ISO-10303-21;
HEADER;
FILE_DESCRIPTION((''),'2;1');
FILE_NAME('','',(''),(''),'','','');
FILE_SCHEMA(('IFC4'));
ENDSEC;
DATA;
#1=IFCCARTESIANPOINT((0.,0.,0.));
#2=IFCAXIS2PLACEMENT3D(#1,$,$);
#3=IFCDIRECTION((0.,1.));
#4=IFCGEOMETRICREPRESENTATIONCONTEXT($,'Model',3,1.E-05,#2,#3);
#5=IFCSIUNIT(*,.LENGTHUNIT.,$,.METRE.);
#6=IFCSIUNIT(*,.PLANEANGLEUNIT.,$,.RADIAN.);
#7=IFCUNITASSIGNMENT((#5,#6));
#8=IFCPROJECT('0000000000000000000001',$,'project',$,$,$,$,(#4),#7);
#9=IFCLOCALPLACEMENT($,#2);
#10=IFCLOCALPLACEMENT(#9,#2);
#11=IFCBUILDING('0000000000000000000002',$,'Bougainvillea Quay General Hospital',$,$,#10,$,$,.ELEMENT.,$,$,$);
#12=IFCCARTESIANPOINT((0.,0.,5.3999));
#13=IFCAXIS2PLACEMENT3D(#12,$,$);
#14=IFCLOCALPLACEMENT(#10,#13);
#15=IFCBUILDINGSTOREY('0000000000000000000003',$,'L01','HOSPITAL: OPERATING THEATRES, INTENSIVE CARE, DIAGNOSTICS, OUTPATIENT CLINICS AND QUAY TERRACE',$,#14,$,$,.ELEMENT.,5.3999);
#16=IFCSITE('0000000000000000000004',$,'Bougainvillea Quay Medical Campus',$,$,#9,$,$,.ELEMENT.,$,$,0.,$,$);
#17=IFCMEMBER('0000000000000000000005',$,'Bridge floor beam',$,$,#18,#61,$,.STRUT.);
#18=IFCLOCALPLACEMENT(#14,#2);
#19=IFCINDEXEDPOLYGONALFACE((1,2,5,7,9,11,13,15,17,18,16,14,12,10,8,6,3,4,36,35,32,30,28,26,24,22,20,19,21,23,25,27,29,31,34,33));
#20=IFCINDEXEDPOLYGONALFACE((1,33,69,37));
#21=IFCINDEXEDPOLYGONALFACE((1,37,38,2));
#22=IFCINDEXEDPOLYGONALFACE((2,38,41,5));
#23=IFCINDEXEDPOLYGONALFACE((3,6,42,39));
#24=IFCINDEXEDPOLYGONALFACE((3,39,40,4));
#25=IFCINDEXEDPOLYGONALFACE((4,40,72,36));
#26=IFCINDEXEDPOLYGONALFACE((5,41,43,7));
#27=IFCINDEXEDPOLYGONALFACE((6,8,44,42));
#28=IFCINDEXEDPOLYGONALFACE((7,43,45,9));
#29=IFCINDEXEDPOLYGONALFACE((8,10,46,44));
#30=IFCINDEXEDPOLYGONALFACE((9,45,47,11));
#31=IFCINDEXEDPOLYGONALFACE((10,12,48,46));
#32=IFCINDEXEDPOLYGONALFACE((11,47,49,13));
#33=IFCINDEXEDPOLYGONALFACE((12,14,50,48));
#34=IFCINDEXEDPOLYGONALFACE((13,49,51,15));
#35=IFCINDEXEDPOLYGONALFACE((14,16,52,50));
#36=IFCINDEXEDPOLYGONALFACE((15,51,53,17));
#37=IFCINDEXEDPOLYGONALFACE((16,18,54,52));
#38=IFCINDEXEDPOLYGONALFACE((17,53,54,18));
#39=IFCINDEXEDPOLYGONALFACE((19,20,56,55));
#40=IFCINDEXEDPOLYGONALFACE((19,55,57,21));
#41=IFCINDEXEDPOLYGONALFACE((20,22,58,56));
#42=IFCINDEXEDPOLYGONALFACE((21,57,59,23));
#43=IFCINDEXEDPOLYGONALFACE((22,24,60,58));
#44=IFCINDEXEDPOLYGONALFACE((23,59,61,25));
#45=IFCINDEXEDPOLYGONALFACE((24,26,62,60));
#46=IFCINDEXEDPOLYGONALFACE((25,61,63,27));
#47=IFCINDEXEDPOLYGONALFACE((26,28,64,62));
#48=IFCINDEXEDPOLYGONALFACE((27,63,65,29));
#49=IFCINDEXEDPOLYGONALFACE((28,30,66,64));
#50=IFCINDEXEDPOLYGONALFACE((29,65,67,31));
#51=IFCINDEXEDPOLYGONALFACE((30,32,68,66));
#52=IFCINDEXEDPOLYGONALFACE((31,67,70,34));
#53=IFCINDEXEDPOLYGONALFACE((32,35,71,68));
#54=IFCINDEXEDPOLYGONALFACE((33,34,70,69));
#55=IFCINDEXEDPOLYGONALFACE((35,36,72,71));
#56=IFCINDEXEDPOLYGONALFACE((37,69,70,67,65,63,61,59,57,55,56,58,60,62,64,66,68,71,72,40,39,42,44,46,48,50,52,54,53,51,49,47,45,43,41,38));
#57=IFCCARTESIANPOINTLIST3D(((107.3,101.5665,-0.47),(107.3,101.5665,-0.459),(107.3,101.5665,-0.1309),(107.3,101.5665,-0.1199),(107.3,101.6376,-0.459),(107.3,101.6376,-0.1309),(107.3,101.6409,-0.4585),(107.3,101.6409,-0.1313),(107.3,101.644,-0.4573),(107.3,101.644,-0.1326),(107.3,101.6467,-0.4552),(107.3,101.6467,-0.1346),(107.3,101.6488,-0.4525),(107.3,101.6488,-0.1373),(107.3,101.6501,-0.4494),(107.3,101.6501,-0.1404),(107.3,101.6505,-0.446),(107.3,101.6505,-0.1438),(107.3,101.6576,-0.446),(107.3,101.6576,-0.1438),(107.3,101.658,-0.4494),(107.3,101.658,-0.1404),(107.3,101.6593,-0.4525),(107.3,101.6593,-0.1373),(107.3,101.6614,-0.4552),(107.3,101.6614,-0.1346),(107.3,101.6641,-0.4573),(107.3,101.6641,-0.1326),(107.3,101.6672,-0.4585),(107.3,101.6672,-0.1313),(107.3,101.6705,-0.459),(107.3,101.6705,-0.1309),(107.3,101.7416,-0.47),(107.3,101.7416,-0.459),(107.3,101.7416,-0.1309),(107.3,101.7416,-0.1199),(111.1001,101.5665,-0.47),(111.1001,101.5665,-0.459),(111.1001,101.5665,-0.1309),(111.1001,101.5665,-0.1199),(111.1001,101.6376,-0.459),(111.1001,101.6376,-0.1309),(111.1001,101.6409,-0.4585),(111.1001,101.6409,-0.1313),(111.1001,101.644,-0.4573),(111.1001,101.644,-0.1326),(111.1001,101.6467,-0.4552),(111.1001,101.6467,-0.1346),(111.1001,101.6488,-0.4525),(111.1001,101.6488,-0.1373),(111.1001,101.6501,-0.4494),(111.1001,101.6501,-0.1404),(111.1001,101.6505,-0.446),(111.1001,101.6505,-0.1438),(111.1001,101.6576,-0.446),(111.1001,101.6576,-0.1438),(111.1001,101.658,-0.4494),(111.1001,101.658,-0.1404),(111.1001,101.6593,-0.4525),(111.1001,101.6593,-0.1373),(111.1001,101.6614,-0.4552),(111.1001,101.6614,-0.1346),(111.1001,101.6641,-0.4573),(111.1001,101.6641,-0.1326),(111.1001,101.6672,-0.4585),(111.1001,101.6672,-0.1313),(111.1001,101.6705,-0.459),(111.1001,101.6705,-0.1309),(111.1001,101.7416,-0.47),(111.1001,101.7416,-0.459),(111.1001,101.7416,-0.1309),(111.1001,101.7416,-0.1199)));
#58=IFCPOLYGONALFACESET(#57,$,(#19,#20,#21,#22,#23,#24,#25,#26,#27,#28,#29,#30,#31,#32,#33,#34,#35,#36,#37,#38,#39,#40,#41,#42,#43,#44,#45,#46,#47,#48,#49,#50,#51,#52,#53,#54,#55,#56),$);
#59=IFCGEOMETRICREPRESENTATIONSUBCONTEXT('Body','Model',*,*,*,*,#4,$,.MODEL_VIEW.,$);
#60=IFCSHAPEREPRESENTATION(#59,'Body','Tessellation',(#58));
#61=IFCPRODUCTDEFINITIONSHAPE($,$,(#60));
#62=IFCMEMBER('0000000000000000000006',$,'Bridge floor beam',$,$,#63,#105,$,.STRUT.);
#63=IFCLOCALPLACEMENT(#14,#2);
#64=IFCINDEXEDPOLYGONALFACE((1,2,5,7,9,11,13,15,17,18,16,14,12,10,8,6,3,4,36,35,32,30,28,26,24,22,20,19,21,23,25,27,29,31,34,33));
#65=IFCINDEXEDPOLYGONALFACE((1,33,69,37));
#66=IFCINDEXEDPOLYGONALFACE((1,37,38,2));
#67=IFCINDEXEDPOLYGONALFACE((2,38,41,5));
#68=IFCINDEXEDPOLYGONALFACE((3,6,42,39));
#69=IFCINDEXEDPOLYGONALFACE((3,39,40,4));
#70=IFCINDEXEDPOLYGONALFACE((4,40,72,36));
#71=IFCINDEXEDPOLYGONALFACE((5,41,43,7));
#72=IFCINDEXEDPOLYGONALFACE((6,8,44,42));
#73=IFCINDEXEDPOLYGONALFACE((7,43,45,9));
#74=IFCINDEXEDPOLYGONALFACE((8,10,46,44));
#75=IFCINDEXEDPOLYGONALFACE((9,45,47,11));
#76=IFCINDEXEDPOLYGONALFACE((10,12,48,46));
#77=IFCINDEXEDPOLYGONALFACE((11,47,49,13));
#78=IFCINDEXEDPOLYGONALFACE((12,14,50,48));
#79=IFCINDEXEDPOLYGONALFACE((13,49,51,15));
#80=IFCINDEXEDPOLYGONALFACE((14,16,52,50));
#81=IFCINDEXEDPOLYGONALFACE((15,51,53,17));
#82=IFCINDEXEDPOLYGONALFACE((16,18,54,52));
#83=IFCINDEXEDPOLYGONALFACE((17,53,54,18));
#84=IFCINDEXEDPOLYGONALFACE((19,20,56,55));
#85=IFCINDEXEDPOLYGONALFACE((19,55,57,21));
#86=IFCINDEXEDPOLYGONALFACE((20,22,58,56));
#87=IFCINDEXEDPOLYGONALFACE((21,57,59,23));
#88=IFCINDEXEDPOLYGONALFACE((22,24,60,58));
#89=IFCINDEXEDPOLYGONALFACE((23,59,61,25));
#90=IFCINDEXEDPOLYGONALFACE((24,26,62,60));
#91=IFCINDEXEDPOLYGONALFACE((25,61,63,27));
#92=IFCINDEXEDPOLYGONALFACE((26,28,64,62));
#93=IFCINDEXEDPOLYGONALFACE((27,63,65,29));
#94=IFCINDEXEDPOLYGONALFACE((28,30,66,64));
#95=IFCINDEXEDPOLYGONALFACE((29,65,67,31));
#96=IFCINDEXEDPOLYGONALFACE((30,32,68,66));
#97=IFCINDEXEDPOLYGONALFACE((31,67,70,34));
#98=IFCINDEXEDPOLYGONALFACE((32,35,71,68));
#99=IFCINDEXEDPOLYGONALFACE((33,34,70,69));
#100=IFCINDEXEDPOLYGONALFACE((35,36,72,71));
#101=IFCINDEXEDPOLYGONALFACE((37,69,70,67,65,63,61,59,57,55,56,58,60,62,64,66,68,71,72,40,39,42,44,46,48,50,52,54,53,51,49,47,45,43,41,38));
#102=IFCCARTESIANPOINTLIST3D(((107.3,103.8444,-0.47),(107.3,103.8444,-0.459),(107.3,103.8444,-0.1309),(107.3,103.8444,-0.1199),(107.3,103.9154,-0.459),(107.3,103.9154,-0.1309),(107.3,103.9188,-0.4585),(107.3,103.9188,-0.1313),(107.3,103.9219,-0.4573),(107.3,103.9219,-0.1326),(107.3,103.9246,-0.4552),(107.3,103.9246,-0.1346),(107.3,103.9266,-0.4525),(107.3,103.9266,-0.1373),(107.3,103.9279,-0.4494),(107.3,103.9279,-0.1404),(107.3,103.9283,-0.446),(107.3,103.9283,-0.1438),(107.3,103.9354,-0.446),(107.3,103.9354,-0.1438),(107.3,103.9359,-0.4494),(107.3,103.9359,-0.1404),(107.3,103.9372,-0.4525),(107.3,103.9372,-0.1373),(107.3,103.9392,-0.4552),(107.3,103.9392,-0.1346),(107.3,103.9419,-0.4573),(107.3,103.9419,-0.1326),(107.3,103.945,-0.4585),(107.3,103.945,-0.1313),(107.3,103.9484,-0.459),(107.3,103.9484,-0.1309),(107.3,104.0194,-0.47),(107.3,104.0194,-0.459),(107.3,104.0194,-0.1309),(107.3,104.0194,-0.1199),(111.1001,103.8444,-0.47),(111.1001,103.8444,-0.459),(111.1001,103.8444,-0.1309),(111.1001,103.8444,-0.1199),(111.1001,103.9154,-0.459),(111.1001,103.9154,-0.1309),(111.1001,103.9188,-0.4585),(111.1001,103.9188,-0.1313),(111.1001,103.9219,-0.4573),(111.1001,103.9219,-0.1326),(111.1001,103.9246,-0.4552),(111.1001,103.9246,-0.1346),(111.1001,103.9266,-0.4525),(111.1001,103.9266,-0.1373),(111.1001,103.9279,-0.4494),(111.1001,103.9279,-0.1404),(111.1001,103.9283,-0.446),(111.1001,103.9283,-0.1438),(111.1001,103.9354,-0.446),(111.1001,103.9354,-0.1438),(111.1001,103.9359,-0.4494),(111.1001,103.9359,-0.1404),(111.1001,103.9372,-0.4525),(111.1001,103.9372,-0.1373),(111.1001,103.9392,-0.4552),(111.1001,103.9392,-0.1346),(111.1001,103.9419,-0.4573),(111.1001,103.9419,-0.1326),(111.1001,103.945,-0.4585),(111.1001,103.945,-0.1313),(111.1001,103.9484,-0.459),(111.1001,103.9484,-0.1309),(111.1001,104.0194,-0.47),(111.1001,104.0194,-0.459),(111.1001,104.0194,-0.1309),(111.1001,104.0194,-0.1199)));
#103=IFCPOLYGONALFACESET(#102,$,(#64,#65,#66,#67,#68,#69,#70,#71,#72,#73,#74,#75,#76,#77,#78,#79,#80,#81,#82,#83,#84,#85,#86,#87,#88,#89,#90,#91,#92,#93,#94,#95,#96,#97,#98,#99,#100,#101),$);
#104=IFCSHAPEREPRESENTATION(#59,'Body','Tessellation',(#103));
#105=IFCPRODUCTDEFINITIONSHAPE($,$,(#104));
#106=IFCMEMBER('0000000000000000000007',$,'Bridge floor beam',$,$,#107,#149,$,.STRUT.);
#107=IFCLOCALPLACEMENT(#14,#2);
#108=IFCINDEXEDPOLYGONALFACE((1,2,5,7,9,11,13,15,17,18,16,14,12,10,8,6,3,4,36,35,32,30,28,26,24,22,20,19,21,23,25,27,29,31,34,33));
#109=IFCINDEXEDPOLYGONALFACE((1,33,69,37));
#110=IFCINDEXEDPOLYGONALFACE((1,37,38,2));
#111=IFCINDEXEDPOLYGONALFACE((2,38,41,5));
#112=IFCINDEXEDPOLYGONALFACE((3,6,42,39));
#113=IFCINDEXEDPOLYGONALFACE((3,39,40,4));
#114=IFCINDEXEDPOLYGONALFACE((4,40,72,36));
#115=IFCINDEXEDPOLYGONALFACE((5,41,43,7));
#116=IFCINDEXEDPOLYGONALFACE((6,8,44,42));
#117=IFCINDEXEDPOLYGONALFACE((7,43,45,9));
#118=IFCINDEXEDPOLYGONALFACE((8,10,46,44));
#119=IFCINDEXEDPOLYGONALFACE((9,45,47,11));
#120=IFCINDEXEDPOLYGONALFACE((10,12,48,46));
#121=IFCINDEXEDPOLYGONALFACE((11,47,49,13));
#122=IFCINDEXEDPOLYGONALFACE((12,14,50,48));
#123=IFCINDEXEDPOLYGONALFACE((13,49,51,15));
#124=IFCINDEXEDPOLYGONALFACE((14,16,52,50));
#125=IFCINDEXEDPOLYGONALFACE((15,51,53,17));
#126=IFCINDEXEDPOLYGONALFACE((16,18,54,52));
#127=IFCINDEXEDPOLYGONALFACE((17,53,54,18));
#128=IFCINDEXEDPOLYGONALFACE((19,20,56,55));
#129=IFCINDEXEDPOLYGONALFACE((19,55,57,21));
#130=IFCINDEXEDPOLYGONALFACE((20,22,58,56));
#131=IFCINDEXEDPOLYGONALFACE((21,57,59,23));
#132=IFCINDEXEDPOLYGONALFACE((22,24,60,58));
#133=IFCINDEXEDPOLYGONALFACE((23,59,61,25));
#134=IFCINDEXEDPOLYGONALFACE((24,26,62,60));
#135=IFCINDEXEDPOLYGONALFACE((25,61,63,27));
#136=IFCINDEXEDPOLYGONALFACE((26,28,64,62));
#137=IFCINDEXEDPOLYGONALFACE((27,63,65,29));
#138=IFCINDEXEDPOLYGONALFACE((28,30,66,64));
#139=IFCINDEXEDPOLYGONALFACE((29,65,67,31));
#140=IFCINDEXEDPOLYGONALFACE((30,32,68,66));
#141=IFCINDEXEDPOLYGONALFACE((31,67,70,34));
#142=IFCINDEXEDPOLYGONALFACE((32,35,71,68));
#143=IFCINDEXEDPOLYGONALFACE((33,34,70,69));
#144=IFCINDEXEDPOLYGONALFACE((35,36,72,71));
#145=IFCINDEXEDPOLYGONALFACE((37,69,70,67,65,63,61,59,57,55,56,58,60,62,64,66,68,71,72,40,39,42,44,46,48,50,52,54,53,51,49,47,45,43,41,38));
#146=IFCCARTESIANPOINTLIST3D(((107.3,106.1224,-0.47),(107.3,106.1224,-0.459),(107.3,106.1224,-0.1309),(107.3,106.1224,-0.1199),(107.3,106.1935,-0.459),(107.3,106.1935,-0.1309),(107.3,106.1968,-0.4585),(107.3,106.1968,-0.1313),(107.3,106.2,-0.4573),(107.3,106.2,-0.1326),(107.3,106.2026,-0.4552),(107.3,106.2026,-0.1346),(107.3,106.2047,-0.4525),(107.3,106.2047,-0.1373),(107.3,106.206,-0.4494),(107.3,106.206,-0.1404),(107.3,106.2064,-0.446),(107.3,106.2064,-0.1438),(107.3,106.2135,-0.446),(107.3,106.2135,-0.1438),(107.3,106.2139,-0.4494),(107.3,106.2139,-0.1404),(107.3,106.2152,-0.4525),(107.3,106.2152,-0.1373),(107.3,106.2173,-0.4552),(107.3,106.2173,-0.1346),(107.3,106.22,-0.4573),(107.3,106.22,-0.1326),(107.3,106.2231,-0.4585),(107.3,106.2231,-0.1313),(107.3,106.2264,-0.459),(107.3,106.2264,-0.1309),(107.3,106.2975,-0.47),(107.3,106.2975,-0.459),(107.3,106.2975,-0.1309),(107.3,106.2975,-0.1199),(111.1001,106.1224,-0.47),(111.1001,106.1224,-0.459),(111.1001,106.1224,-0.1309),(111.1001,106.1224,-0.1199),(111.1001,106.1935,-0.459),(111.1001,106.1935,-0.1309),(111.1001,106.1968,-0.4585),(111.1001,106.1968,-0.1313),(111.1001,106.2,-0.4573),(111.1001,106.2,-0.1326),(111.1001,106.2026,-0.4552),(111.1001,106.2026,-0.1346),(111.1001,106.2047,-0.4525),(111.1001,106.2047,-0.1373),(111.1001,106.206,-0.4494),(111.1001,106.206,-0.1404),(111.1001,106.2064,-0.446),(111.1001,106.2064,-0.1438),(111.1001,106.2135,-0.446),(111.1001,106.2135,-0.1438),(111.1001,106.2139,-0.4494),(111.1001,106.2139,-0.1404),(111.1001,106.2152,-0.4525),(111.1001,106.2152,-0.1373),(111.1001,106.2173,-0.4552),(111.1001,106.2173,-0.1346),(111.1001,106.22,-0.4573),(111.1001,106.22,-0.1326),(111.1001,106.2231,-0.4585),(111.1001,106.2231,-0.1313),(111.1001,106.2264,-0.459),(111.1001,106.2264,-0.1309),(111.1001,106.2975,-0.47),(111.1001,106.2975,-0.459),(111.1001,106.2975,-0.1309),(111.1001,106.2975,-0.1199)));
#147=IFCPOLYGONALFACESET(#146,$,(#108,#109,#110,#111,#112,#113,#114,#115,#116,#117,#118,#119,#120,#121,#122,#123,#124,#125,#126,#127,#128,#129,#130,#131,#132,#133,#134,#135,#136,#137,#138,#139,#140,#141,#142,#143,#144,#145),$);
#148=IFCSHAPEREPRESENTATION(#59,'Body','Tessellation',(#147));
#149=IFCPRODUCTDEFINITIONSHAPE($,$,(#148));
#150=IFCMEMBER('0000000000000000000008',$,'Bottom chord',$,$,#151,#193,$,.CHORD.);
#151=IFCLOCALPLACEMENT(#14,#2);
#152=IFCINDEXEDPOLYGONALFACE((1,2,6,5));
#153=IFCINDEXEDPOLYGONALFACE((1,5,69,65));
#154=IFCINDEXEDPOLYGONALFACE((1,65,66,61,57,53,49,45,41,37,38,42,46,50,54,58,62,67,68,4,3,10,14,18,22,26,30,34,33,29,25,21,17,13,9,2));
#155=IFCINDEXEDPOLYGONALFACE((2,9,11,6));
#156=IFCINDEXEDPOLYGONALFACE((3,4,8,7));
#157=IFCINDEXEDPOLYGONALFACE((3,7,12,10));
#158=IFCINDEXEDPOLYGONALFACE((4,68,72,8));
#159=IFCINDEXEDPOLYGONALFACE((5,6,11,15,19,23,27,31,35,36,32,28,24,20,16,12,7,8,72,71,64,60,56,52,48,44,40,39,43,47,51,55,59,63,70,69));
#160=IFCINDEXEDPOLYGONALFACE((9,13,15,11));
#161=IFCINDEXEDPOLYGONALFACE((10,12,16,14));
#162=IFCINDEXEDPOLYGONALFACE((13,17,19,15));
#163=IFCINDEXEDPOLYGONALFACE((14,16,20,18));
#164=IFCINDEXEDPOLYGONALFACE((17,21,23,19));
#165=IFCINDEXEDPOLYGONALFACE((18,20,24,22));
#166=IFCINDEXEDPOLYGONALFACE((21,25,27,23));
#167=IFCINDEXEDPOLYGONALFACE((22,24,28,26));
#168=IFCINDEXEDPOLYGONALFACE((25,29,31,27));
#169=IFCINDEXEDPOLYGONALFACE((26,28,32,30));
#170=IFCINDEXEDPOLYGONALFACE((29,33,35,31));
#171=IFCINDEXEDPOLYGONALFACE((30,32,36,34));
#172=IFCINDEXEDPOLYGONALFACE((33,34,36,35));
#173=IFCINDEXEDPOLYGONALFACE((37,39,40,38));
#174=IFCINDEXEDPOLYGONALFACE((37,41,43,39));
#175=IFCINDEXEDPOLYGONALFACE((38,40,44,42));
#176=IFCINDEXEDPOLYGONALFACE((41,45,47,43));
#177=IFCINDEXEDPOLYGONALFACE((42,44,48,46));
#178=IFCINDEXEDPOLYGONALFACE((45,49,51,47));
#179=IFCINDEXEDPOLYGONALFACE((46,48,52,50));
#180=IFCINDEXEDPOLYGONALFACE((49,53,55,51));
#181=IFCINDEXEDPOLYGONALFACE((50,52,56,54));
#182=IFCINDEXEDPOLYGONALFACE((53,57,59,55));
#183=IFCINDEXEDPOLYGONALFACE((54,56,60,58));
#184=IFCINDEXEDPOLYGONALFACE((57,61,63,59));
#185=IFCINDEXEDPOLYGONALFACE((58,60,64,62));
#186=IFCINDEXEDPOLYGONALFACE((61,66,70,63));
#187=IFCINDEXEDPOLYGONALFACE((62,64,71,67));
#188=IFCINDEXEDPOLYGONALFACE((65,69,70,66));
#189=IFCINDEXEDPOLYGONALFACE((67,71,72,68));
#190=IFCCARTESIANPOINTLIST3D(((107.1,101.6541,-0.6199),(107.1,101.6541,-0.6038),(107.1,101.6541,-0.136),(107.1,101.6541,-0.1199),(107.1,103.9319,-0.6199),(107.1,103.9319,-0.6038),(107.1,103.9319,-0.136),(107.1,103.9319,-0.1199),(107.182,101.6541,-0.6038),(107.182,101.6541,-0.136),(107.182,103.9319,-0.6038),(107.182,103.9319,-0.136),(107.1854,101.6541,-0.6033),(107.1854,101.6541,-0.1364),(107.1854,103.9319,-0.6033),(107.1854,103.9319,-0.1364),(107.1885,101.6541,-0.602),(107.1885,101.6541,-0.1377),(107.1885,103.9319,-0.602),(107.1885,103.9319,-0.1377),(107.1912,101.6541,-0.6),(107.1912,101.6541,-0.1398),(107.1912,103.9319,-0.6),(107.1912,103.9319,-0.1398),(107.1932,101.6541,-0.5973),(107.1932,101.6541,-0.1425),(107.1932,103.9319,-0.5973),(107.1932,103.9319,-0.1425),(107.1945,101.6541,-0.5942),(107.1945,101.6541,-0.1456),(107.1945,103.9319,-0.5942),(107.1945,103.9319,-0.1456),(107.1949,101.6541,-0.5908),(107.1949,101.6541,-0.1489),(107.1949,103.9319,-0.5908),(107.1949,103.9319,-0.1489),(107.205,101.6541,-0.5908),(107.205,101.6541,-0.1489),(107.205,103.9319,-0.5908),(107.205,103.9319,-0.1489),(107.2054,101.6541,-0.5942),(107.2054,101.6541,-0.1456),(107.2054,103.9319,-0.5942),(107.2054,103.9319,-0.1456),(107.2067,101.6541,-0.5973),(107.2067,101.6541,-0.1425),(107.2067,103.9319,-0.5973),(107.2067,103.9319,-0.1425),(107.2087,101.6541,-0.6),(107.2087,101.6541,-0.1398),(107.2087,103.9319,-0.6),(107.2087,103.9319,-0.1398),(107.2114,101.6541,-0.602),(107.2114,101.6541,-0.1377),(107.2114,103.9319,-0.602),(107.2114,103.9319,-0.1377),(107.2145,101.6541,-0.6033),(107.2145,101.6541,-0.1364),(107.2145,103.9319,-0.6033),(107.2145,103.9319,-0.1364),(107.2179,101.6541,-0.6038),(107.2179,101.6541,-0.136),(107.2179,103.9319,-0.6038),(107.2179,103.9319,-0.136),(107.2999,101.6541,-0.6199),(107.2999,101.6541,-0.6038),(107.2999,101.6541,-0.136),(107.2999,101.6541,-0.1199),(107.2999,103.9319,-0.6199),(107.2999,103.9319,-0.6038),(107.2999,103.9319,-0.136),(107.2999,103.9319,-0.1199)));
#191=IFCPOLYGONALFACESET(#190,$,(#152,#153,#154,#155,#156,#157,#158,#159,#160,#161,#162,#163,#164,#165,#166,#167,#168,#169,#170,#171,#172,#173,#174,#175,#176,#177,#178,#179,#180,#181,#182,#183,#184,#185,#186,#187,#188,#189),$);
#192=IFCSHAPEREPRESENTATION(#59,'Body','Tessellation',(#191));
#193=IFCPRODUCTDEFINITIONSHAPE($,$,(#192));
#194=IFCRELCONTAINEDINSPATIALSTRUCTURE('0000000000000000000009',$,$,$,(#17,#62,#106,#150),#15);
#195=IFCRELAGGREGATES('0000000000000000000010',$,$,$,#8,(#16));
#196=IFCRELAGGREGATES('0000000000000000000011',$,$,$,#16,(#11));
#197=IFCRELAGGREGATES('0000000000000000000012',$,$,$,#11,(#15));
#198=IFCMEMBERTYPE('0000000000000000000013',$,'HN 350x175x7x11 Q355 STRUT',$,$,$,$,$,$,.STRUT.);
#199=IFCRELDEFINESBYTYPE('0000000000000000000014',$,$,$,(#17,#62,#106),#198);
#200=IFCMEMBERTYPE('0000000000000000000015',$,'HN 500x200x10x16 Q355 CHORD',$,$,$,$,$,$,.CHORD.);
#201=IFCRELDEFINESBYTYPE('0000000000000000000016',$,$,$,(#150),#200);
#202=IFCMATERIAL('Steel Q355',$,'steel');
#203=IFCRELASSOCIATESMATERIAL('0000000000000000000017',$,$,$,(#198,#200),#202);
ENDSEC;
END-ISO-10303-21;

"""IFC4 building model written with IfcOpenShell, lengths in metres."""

from ifc_helpers import new_model, si_unit, direction, frame, origin, origin_2d, place, context, subcontext, project, spatial, i_section, extrude, material, material_profile, profile_set, type_object, element, save


model = new_model("IFC4")

# Units and contexts
model_context = context("Model", 3, precision=1e-05, world=origin(), true_north=direction((0.0, 1.0)))
body_context = subcontext(model_context, "Body", "Model", "MODEL_VIEW")
ifc_project = project(units=[si_unit("LENGTHUNIT", "METRE"), si_unit("PLANEANGLEUNIT", "RADIAN")], contexts=[model_context])

# Site, building, storey
site_placement = place(None, origin())
site = spatial("IfcSite", under=ifc_project, at=site_placement, Name="Bougainvillea Quay Medical Campus", CompositionType="ELEMENT", RefElevation=0.0)
building_placement = place(site_placement, origin())
building = spatial("IfcBuilding", under=site, at=building_placement, Name="Bougainvillea Quay General Hospital", CompositionType="ELEMENT")
storey_placement = place(building_placement, frame((0.0, 0.0, 5.3999)))
storey = spatial("IfcBuildingStorey", under=building, at=storey_placement, Name="L01", Description="HOSPITAL: OPERATING THEATRES, INTENSIVE CARE, DIAGNOSTICS, OUTPATIENT CLINICS AND QUAY TERRACE", CompositionType="ELEMENT", Elevation=5.3999)

# Members
ifc_material = material(Name="Steel Q355", Category="steel")
ifc_material_profile_1 = material_profile(ifc_material, i_section(OverallWidth=0.175, OverallDepth=0.3501, WebThickness=0.0071, FlangeThickness=0.011, FilletRadius=0.0129, at=origin_2d()))
ifc_profile_set_1 = profile_set([ifc_material_profile_1], Name="Steel Q355")
member_type_1 = type_object("IfcMemberType", Name="HN 350x175x7x11 Q355 STRUT", PredefinedType="STRUT", material=ifc_profile_set_1)
for number, where, z_axis, x_axis, name in (
    (1, (107.3, 101.6541, -0.2949), (1.0, 0.0, 0.0), (0.0, 1.0, 0.0), "Bridge floor beam"),
    (2, (107.3, 103.9319, -0.2949), (1.0, 0.0, 0.0), (0.0, 1.0, 0.0), "Bridge floor beam"),
    (3, (107.3, 106.21, -0.2949), (1.0, 0.0, 0.0), (0.0, 1.0, 0.0), "Bridge floor beam"),
):
    element("IfcMember", number, at=place(storey_placement, frame(where, z_axis=z_axis, x_axis=x_axis)), inside=storey, type_object=member_type_1, Name=name, PredefinedType="STRUT", context=body_context, shape_type="SweptSolid", body=[
        extrude(i_section(OverallWidth=0.175, OverallDepth=0.3501, WebThickness=0.0071, FlangeThickness=0.011, FilletRadius=0.0129, at=origin_2d()), origin(), (0.0, 0.0, 1.0), 3.8),
    ])
ifc_material_profile_2 = material_profile(ifc_material, i_section(OverallWidth=0.2, OverallDepth=0.5, WebThickness=0.01, FlangeThickness=0.0161, FilletRadius=0.0129, at=origin_2d()))
ifc_profile_set_2 = profile_set([ifc_material_profile_2], Name="Steel Q355")
member_type_2 = type_object("IfcMemberType", Name="HN 500x200x10x16 Q355 CHORD", PredefinedType="CHORD", material=ifc_profile_set_2)
for number, where, z_axis, x_axis, name in (
    (4, (107.2, 101.6541, -0.3699), (0.0, 1.0, 0.0), (-1.0, 0.0, 0.0), "Bottom chord"),
):
    element("IfcMember", number, at=place(storey_placement, frame(where, z_axis=z_axis, x_axis=x_axis)), inside=storey, type_object=member_type_2, Name=name, PredefinedType="CHORD", context=body_context, shape_type="SweptSolid", body=[
        extrude(i_section(OverallWidth=0.2, OverallDepth=0.5, WebThickness=0.01, FlangeThickness=0.0161, FilletRadius=0.0129, at=origin_2d()), origin(), (0.0, 0.0, 1.0), 2.2778),
    ])

save(model, "model.ifc")
